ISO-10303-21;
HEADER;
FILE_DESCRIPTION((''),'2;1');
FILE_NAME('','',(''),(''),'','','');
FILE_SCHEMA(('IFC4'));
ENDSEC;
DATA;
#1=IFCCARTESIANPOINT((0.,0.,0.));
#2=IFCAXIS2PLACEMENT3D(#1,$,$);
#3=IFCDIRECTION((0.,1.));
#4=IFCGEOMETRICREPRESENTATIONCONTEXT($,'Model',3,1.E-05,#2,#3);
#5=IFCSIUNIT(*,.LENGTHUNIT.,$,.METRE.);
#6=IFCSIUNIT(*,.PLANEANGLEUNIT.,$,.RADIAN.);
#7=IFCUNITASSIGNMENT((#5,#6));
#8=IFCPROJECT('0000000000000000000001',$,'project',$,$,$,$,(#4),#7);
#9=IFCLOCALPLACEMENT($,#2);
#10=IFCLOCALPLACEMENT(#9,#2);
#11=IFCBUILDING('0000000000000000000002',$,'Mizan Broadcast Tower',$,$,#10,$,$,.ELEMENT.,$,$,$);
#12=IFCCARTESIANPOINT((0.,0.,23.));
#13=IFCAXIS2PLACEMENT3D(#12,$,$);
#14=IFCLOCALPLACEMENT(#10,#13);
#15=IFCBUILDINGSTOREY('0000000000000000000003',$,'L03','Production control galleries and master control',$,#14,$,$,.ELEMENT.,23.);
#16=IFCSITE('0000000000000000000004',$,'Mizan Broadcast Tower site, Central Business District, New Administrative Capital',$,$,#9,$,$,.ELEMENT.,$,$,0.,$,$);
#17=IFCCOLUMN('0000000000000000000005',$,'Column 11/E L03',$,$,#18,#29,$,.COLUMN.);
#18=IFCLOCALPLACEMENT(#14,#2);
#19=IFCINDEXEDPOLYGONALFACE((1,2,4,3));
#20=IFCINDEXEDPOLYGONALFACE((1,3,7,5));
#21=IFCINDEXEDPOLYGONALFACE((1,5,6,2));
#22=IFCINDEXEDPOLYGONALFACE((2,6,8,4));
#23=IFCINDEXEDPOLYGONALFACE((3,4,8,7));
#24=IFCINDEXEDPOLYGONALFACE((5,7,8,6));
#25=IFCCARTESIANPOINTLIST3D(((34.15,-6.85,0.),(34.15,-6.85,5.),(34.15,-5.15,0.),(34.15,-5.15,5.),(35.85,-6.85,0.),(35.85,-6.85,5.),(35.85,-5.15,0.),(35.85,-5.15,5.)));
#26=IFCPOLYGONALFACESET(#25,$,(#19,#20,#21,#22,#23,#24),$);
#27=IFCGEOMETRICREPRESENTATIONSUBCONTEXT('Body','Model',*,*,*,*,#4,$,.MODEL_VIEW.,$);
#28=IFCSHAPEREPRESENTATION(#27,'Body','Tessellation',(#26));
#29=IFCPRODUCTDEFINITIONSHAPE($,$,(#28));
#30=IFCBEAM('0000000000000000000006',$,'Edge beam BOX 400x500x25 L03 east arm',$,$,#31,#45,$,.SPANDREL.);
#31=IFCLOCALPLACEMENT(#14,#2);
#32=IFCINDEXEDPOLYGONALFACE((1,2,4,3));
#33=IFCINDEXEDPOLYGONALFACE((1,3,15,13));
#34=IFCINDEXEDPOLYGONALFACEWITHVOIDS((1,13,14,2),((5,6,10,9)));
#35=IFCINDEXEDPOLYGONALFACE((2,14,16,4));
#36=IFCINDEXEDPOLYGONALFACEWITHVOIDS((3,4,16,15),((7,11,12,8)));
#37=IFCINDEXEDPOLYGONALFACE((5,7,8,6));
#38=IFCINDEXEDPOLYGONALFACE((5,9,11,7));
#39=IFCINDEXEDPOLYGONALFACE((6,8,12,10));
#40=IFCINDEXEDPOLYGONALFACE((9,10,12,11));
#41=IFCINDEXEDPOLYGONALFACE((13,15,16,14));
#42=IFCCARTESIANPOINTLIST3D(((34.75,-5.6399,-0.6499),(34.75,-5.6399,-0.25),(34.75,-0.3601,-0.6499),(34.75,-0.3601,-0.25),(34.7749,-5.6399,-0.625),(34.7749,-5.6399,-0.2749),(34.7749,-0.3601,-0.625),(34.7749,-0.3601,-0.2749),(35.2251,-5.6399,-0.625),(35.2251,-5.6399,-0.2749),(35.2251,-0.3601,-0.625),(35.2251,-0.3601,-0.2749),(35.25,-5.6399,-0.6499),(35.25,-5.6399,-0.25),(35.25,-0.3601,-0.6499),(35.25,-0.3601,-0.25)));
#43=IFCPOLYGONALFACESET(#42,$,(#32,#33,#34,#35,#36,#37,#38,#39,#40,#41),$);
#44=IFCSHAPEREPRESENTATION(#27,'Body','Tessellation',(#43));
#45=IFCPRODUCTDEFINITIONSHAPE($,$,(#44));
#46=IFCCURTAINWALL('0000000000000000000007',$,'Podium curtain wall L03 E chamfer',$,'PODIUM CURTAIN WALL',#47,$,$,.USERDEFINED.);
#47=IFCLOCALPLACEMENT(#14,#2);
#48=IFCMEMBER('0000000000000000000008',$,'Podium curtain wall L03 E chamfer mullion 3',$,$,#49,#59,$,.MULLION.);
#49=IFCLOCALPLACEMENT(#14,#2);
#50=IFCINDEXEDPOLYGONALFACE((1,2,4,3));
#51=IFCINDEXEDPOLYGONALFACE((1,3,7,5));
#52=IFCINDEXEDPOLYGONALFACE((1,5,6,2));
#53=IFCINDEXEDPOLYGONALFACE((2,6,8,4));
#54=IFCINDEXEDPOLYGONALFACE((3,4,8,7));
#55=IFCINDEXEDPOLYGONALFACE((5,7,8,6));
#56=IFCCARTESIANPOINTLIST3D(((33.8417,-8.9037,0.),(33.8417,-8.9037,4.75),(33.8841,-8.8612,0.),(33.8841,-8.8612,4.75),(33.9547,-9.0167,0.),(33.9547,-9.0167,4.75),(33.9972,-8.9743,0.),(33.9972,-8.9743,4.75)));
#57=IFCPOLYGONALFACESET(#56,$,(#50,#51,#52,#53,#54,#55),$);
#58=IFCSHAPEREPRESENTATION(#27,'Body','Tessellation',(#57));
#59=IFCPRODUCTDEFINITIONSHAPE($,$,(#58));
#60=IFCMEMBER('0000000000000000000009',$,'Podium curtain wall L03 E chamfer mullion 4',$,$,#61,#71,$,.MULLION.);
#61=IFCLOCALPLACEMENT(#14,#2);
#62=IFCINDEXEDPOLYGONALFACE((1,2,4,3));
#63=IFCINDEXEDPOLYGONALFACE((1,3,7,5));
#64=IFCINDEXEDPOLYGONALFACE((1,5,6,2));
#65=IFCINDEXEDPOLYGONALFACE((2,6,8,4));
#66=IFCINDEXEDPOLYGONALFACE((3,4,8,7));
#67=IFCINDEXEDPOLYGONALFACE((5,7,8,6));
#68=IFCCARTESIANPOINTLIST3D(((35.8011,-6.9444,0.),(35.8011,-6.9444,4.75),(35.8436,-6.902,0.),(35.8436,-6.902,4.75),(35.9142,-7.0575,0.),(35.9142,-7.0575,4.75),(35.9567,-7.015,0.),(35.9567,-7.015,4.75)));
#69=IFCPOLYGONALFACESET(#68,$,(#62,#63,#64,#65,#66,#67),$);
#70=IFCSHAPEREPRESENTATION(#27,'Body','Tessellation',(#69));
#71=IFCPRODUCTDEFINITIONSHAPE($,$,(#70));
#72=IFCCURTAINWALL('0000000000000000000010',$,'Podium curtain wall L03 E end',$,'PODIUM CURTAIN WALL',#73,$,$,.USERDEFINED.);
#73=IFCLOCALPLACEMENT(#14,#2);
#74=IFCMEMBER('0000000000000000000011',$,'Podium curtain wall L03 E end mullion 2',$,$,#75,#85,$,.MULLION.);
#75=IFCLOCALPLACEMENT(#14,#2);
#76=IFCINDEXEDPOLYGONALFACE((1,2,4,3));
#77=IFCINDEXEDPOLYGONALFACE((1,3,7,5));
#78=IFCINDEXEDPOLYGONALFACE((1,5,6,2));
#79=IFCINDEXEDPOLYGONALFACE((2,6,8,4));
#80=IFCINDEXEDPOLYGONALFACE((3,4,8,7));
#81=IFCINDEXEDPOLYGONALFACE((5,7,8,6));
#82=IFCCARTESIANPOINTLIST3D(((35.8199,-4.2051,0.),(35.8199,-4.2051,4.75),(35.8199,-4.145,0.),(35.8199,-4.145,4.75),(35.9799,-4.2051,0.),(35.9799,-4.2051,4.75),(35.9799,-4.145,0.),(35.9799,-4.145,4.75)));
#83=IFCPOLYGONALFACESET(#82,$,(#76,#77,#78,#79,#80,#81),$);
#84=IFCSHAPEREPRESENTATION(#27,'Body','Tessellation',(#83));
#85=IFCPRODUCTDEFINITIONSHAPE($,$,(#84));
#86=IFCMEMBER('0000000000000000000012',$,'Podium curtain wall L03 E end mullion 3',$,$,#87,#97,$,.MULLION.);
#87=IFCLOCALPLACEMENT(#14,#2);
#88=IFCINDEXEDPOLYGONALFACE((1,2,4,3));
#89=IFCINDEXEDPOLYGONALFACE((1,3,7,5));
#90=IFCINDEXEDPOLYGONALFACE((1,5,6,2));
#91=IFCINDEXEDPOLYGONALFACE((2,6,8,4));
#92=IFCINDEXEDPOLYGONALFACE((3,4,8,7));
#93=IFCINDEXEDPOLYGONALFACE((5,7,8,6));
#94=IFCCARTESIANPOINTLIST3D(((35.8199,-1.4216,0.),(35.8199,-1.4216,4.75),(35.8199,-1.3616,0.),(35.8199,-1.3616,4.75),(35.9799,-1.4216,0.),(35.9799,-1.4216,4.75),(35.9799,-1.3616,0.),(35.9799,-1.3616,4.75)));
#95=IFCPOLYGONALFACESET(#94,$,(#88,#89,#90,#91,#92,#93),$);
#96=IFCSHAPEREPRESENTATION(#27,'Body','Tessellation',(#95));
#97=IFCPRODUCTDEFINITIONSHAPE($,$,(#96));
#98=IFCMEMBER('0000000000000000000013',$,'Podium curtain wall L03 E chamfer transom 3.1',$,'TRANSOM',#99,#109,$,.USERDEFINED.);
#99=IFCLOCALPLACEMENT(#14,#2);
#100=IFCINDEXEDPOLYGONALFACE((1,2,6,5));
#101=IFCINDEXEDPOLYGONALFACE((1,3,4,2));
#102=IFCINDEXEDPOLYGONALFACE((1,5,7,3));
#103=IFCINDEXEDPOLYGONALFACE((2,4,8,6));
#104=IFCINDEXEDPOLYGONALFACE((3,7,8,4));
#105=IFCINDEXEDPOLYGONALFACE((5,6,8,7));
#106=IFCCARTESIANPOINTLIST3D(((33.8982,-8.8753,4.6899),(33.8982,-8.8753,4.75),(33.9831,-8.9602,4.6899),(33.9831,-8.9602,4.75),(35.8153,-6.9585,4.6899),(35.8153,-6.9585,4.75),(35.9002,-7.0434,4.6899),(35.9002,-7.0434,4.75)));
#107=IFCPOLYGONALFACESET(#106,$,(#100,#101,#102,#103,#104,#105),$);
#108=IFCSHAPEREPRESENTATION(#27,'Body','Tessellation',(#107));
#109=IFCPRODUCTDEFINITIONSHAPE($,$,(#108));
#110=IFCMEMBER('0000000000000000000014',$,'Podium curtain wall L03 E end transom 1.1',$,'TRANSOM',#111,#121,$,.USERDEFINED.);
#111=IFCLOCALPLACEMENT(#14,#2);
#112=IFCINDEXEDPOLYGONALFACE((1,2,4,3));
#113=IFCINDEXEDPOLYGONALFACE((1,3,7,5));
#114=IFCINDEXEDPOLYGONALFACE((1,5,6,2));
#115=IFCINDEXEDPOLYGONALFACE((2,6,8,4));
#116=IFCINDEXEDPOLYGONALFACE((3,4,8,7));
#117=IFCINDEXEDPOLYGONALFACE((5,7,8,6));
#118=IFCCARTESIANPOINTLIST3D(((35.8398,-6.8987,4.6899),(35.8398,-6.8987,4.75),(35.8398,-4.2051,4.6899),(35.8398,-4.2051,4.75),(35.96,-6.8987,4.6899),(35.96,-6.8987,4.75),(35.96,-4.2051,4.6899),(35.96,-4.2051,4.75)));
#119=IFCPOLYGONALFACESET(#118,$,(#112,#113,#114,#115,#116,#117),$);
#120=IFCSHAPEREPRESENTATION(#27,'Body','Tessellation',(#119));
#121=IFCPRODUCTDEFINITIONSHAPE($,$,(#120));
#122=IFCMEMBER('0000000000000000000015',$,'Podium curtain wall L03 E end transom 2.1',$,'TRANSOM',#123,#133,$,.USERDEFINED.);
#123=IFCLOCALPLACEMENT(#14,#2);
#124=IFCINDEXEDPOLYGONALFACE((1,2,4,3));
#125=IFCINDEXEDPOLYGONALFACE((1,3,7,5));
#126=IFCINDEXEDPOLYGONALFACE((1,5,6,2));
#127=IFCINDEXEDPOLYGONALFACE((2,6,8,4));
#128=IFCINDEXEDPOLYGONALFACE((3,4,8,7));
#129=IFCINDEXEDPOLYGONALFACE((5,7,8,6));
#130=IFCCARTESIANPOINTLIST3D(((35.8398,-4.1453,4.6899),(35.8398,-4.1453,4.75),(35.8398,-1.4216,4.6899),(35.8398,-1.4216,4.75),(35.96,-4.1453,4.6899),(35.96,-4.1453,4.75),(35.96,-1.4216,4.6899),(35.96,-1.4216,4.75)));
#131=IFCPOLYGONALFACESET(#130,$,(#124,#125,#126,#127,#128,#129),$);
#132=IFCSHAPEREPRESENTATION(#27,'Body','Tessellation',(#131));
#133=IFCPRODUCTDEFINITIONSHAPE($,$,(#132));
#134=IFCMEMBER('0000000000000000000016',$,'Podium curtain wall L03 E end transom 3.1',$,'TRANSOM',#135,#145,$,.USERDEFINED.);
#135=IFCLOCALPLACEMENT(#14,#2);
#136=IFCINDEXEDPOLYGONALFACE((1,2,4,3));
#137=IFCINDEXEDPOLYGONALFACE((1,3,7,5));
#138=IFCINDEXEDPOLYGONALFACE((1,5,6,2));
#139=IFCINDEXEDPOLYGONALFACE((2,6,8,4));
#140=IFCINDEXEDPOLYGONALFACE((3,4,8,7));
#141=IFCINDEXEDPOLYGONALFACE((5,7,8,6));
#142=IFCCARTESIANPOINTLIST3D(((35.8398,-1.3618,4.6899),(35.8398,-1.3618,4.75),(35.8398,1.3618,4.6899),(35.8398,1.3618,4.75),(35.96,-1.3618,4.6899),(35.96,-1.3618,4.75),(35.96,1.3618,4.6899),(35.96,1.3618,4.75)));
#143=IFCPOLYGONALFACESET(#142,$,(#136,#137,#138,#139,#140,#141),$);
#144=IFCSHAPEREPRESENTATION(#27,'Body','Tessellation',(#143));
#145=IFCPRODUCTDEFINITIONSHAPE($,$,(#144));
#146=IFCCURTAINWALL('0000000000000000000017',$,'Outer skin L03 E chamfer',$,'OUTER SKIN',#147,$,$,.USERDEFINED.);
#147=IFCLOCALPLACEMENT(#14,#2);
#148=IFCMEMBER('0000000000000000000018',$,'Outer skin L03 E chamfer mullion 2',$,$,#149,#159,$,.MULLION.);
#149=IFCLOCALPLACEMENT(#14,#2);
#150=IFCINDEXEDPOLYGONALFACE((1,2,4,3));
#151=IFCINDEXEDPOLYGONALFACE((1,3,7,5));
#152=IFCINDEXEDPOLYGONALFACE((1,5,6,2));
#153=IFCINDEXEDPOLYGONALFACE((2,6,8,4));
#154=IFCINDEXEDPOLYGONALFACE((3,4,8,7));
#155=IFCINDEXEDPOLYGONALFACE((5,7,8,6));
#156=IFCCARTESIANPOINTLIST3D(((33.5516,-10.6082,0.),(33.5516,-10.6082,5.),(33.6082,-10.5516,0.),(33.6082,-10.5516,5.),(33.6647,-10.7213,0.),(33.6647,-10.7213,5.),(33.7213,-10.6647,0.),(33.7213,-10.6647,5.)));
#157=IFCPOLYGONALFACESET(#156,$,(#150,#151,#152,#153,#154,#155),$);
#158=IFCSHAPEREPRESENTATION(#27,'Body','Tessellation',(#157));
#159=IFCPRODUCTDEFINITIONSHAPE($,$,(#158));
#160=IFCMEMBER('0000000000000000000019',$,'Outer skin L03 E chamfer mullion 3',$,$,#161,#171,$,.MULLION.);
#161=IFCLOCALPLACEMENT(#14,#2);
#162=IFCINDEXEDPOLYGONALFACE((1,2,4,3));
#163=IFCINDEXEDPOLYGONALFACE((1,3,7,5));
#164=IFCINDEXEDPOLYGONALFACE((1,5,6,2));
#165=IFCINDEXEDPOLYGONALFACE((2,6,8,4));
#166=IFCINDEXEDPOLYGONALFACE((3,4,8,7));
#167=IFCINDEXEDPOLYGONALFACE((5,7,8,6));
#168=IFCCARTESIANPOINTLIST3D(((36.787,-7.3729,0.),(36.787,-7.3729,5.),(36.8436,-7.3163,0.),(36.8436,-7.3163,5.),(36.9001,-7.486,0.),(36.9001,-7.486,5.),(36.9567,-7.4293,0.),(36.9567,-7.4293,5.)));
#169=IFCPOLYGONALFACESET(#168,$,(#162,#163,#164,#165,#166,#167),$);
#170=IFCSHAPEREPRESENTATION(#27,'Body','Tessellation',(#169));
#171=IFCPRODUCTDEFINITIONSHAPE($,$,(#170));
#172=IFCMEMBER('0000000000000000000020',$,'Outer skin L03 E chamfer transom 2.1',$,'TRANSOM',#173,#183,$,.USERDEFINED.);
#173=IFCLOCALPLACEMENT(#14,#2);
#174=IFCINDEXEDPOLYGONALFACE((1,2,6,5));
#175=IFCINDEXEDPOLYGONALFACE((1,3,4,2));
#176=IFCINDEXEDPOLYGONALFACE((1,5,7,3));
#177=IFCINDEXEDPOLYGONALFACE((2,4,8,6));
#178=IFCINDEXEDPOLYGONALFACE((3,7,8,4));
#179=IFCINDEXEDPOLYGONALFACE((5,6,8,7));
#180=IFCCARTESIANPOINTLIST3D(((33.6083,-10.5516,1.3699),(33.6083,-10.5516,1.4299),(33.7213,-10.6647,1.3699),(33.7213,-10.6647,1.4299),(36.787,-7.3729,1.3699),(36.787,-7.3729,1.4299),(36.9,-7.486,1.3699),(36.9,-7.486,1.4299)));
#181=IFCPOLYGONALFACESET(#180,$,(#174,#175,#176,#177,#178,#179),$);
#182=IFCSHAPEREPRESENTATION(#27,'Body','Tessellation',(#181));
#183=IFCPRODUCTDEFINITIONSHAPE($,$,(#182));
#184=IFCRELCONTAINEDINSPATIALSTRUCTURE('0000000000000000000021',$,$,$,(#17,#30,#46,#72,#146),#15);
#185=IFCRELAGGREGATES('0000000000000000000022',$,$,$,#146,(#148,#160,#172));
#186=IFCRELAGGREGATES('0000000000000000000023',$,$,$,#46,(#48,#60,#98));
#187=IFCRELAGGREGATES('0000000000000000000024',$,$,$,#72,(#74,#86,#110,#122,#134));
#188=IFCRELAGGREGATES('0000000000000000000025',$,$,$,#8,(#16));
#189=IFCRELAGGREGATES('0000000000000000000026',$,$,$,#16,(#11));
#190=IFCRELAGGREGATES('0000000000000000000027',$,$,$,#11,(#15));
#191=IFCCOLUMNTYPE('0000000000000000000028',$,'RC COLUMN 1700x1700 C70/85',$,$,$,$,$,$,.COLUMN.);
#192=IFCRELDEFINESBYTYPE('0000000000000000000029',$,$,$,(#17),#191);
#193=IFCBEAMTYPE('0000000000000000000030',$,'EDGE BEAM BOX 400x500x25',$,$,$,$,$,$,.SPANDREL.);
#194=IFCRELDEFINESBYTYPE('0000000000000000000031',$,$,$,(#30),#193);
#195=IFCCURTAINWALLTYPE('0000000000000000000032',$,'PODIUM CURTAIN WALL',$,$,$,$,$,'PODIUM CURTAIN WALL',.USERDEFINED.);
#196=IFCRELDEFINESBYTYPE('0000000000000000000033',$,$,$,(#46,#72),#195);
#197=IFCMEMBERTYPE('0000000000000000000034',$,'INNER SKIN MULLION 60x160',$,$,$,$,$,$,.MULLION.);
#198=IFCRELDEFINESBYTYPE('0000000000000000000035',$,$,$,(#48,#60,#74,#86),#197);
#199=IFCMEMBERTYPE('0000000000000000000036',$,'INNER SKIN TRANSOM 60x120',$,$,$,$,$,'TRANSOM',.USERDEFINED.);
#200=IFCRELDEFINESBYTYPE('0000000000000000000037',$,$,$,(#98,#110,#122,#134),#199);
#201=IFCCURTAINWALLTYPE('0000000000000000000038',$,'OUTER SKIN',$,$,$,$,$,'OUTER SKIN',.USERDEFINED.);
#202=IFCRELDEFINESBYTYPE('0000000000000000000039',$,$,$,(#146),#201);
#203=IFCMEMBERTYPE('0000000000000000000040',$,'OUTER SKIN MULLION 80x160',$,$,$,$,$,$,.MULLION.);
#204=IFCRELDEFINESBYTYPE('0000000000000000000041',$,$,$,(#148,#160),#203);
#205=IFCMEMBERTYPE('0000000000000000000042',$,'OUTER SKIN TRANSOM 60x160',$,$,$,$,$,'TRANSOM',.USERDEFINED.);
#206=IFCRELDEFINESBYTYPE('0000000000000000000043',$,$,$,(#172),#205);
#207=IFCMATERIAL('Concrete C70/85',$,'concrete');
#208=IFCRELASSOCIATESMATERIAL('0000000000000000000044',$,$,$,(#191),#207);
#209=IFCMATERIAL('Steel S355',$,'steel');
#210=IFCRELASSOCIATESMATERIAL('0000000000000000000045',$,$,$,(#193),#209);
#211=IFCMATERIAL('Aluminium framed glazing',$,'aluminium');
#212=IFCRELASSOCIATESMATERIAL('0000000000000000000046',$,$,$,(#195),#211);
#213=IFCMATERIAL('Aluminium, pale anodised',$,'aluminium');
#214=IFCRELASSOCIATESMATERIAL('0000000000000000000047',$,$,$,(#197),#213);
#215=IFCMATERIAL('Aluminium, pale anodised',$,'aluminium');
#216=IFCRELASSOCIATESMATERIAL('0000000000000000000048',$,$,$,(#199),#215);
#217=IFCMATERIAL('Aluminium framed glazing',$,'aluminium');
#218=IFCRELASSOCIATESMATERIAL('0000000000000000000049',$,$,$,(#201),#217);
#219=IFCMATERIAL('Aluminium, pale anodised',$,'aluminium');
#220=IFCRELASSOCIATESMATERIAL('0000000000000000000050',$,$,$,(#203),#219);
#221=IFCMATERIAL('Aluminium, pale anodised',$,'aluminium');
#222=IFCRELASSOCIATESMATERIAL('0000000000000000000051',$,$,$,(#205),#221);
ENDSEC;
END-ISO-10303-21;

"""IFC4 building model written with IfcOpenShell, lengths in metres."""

from ifc_helpers import new_model, si_unit, direction, frame, origin, origin_2d, place, context, subcontext, project, spatial, rectangle, hollow_rectangle, extrude, material, material_profile, profile_set, type_object, element, aggregate, save


model = new_model("IFC4")

# Units and contexts
model_context = context("Model", 3, precision=1e-05, world=origin(), true_north=direction((0.0, 1.0)))
body_context = subcontext(model_context, "Body", "Model", "MODEL_VIEW")
ifc_project = project(units=[si_unit("LENGTHUNIT", "METRE"), si_unit("PLANEANGLEUNIT", "RADIAN")], contexts=[model_context])

# Site, building, storey
site_placement = place(None, origin())
site = spatial("IfcSite", under=ifc_project, at=site_placement, Name="Mizan Broadcast Tower site, Central Business District, New Administrative Capital", CompositionType="ELEMENT", RefElevation=0.0)
building_placement = place(site_placement, origin())
building = spatial("IfcBuilding", under=site, at=building_placement, Name="Mizan Broadcast Tower", CompositionType="ELEMENT")
storey_placement = place(building_placement, frame((0.0, 0.0, 23.0)))
storey = spatial("IfcBuildingStorey", under=building, at=storey_placement, Name="L03", Description="Production control galleries and master control", CompositionType="ELEMENT", Elevation=23.0)

# Column
ifc_material_1 = material(Name="Concrete C70/85", Category="concrete")
ifc_material_profile_1 = material_profile(ifc_material_1, rectangle(XDim=1.7, YDim=1.7, at=origin_2d()), Name="RC 1700x1700")
ifc_profile_set_1 = profile_set([ifc_material_profile_1], Name="Concrete C70/85")
column_type = type_object("IfcColumnType", Name="RC COLUMN 1700x1700 C70/85", PredefinedType="COLUMN", material=ifc_profile_set_1)
column_placement = place(storey_placement, frame((35.0, -6.0, 0.0), z_axis=(0.0, 0.0, 1.0), x_axis=(1.0, 0.0, 0.0)))
element("IfcColumn", 1, at=column_placement, inside=storey, type_object=column_type, Name="Column 11/E L03", PredefinedType="COLUMN", context=body_context, shape_type="SweptSolid", body=[
    extrude(rectangle(XDim=1.7, YDim=1.7, at=origin_2d()), origin(), (0.0, 0.0, 1.0), 5.0),
])

# Beam
ifc_material_2 = material(Name="Steel S355", Category="steel")
ifc_material_profile_2 = material_profile(ifc_material_2, hollow_rectangle(XDim=0.5, YDim=0.3999, WallThickness=0.0249, at=origin_2d()), Name="BOX 400x500x25")
ifc_profile_set_2 = profile_set([ifc_material_profile_2], Name="Steel S355")
beam_type = type_object("IfcBeamType", Name="EDGE BEAM BOX 400x500x25", PredefinedType="SPANDREL", material=ifc_profile_set_2)
beam_placement = place(storey_placement, frame((35.0, -5.6399, -0.45), z_axis=(0.0, 1.0, 0.0), x_axis=(-1.0, 0.0, 0.0)))
element("IfcBeam", 2, at=beam_placement, inside=storey, type_object=beam_type, Name="Edge beam BOX 400x500x25 L03 east arm", PredefinedType="SPANDREL", context=body_context, shape_type="SweptSolid", body=[
    extrude(hollow_rectangle(XDim=0.5, YDim=0.3999, WallThickness=0.0249, at=origin_2d()), origin(), (0.0, 0.0, 1.0), 5.2798),
])

# Curtain walls, members
ifc_material_3 = material(Name="Aluminium framed glazing", Category="aluminium")
curtain_wall_type_1 = type_object("IfcCurtainWallType", Name="PODIUM CURTAIN WALL", ElementType="PODIUM CURTAIN WALL", PredefinedType="USERDEFINED", material=ifc_material_3)
curtain_wall_1_placement = place(storey_placement, origin())
curtain_wall_1 = element("IfcCurtainWall", 3, at=curtain_wall_1_placement, inside=storey, type_object=curtain_wall_type_1, Name="Podium curtain wall L03 E chamfer", ObjectType="PODIUM CURTAIN WALL", PredefinedType="USERDEFINED")
ifc_material_4 = material(Name="Aluminium, pale anodised", Category="aluminium")
ifc_material_profile_3 = material_profile(ifc_material_4, rectangle(XDim=0.1599, YDim=0.0601, at=origin_2d()), Name="MULLION 160x60")
ifc_profile_set_3 = profile_set([ifc_material_profile_3], Name="Aluminium, pale anodised")
member_type_1 = type_object("IfcMemberType", Name="INNER SKIN MULLION 60x160", PredefinedType="MULLION", material=ifc_profile_set_3)
member_1_placement = place(storey_placement, frame((33.9194, -8.939, 0.0), z_axis=(0.0, 0.0, 1.0), x_axis=(-0.707107, 0.707107, 0.0)))
member_1 = element("IfcMember", 4, at=member_1_placement, type_object=member_type_1, Name="Podium curtain wall L03 E chamfer mullion 3", PredefinedType="MULLION", context=body_context, shape_type="SweptSolid", body=[
    extrude(rectangle(XDim=0.1599, YDim=0.0601, at=origin_2d()), origin(), (0.0, 0.0, 1.0), 4.75),
])
member_2_placement = place(storey_placement, frame((35.8789, -6.9797, 0.0), z_axis=(0.0, 0.0, 1.0), x_axis=(-0.707107, 0.707107, 0.0)))
member_2 = element("IfcMember", 5, at=member_2_placement, type_object=member_type_1, Name="Podium curtain wall L03 E chamfer mullion 4", PredefinedType="MULLION", context=body_context, shape_type="SweptSolid", body=[
    extrude(rectangle(XDim=0.1599, YDim=0.0601, at=origin_2d()), origin(), (0.0, 0.0, 1.0), 4.75),
])
curtain_wall_2_placement = place(storey_placement, origin())
curtain_wall_2 = element("IfcCurtainWall", 6, at=curtain_wall_2_placement, inside=storey, type_object=curtain_wall_type_1, Name="Podium curtain wall L03 E end", ObjectType="PODIUM CURTAIN WALL", PredefinedType="USERDEFINED")
member_3_placement = place(storey_placement, frame((35.8999, -4.175, 0.0), z_axis=(0.0, 0.0, 1.0), x_axis=(-1.0, 0.0, 0.0)))
member_3 = element("IfcMember", 7, at=member_3_placement, type_object=member_type_1, Name="Podium curtain wall L03 E end mullion 2", PredefinedType="MULLION", context=body_context, shape_type="SweptSolid", body=[
    extrude(rectangle(XDim=0.1599, YDim=0.0601, at=origin_2d()), origin(), (0.0, 0.0, 1.0), 4.75),
])
member_4_placement = place(storey_placement, frame((35.8999, -1.3916, 0.0), z_axis=(0.0, 0.0, 1.0), x_axis=(-1.0, 0.0, 0.0)))
member_4 = element("IfcMember", 8, at=member_4_placement, type_object=member_type_1, Name="Podium curtain wall L03 E end mullion 3", PredefinedType="MULLION", context=body_context, shape_type="SweptSolid", body=[
    extrude(rectangle(XDim=0.1599, YDim=0.0601, at=origin_2d()), origin(), (0.0, 0.0, 1.0), 4.75),
])

# Members
ifc_material_5 = material(Name="Aluminium, pale anodised", Category="aluminium")
ifc_material_profile_4 = material_profile(ifc_material_5, rectangle(XDim=0.1201, YDim=0.0601, at=origin_2d()), Name="TRANSOM 120x60")
ifc_profile_set_4 = profile_set([ifc_material_profile_4], Name="Aluminium, pale anodised")
member_type_2 = type_object("IfcMemberType", Name="INNER SKIN TRANSOM 60x120", ElementType="TRANSOM", PredefinedType="USERDEFINED", material=ifc_profile_set_4)
member_5_placement = place(storey_placement, frame((33.9407, -8.9177, 4.72), z_axis=(0.707152, 0.707062, 0.0), x_axis=(-0.707062, 0.707152, 0.0)))
member_5 = element("IfcMember", 9, at=member_5_placement, type_object=member_type_2, Name="Podium curtain wall L03 E chamfer transom 3.1", ObjectType="TRANSOM", PredefinedType="USERDEFINED", context=body_context, shape_type="SweptSolid", body=[
    extrude(rectangle(XDim=0.1201, YDim=0.0601, at=origin_2d()), origin(), (0.0, 0.0, 1.0), 2.7109),
])
member_6_placement = place(storey_placement, frame((35.8999, -6.8987, 4.72), z_axis=(0.0, 1.0, 0.0), x_axis=(-1.0, 0.0, 0.0)))
member_6 = element("IfcMember", 10, at=member_6_placement, type_object=member_type_2, Name="Podium curtain wall L03 E end transom 1.1", ObjectType="TRANSOM", PredefinedType="USERDEFINED", context=body_context, shape_type="SweptSolid", body=[
    extrude(rectangle(XDim=0.1201, YDim=0.0601, at=origin_2d()), origin(), (0.0, 0.0, 1.0), 2.6936),
])
member_7_placement = place(storey_placement, frame((35.8999, -4.1453, 4.72), z_axis=(0.0, 1.0, 0.0), x_axis=(-1.0, 0.0, 0.0)))
member_7 = element("IfcMember", 11, at=member_7_placement, type_object=member_type_2, Name="Podium curtain wall L03 E end transom 2.1", ObjectType="TRANSOM", PredefinedType="USERDEFINED", context=body_context, shape_type="SweptSolid", body=[
    extrude(rectangle(XDim=0.1201, YDim=0.0601, at=origin_2d()), origin(), (0.0, 0.0, 1.0), 2.7236),
])
member_8_placement = place(storey_placement, frame((35.8999, -1.3618, 4.72), z_axis=(0.0, 1.0, 0.0), x_axis=(-1.0, 0.0, 0.0)))
member_8 = element("IfcMember", 12, at=member_8_placement, type_object=member_type_2, Name="Podium curtain wall L03 E end transom 3.1", ObjectType="TRANSOM", PredefinedType="USERDEFINED", context=body_context, shape_type="SweptSolid", body=[
    extrude(rectangle(XDim=0.1201, YDim=0.0601, at=origin_2d()), origin(), (0.0, 0.0, 1.0), 2.7236),
])

# Curtain wall, members
ifc_material_6 = material(Name="Aluminium framed glazing", Category="aluminium")
curtain_wall_type_2 = type_object("IfcCurtainWallType", Name="OUTER SKIN", ElementType="OUTER SKIN", PredefinedType="USERDEFINED", material=ifc_material_6)
curtain_wall_3_placement = place(storey_placement, origin())
curtain_wall_3 = element("IfcCurtainWall", 13, at=curtain_wall_3_placement, inside=storey, type_object=curtain_wall_type_2, Name="Outer skin L03 E chamfer", ObjectType="OUTER SKIN", PredefinedType="USERDEFINED")
ifc_material_7 = material(Name="Aluminium, pale anodised", Category="aluminium")
ifc_material_profile_5 = material_profile(ifc_material_7, rectangle(XDim=0.1599, YDim=0.0801, at=origin_2d()), Name="MULLION 160x80")
ifc_profile_set_5 = profile_set([ifc_material_profile_5], Name="Aluminium, pale anodised")
member_type_3 = type_object("IfcMemberType", Name="OUTER SKIN MULLION 80x160", PredefinedType="MULLION", material=ifc_profile_set_5)
member_9_placement = place(storey_placement, frame((33.6365, -10.6365, 0.0), z_axis=(0.0, 0.0, 1.0), x_axis=(-0.707107, 0.707107, 0.0)))
member_9 = element("IfcMember", 14, at=member_9_placement, type_object=member_type_3, Name="Outer skin L03 E chamfer mullion 2", PredefinedType="MULLION", context=body_context, shape_type="SweptSolid", body=[
    extrude(rectangle(XDim=0.1599, YDim=0.0801, at=origin_2d()), origin(), (0.0, 0.0, 1.0), 5.0),
])
member_10_placement = place(storey_placement, frame((36.8718, -7.4011, 0.0), z_axis=(0.0, 0.0, 1.0), x_axis=(-0.707107, 0.707107, 0.0)))
member_10 = element("IfcMember", 15, at=member_10_placement, type_object=member_type_3, Name="Outer skin L03 E chamfer mullion 3", PredefinedType="MULLION", context=body_context, shape_type="SweptSolid", body=[
    extrude(rectangle(XDim=0.1599, YDim=0.0801, at=origin_2d()), origin(), (0.0, 0.0, 1.0), 5.0),
])
ifc_material_8 = material(Name="Aluminium, pale anodised", Category="aluminium")
ifc_material_profile_6 = material_profile(ifc_material_8, rectangle(XDim=0.1599, YDim=0.0601, at=origin_2d()), Name="TRANSOM 160x60")
ifc_profile_set_6 = profile_set([ifc_material_profile_6], Name="Aluminium, pale anodised")
member_type_4 = type_object("IfcMemberType", Name="OUTER SKIN TRANSOM 60x160", ElementType="TRANSOM", PredefinedType="USERDEFINED", material=ifc_profile_set_6)
member_11_placement = place(storey_placement, frame((33.6648, -10.6082, 1.3999), z_axis=(0.707107, 0.707107, 0.0), x_axis=(-0.707107, 0.707107, 0.0)))
member_11 = element("IfcMember", 16, at=member_11_placement, type_object=member_type_4, Name="Outer skin L03 E chamfer transom 2.1", ObjectType="TRANSOM", PredefinedType="USERDEFINED", context=body_context, shape_type="SweptSolid", body=[
    extrude(rectangle(XDim=0.1599, YDim=0.0601, at=origin_2d()), origin(), (0.0, 0.0, 1.0), 4.4954),
])

aggregate(curtain_wall_3, [member_9, member_10, member_11])
aggregate(curtain_wall_1, [member_1, member_2, member_5])
aggregate(curtain_wall_2, [member_3, member_4, member_6, member_7, member_8])

save(model, "model.ifc")
